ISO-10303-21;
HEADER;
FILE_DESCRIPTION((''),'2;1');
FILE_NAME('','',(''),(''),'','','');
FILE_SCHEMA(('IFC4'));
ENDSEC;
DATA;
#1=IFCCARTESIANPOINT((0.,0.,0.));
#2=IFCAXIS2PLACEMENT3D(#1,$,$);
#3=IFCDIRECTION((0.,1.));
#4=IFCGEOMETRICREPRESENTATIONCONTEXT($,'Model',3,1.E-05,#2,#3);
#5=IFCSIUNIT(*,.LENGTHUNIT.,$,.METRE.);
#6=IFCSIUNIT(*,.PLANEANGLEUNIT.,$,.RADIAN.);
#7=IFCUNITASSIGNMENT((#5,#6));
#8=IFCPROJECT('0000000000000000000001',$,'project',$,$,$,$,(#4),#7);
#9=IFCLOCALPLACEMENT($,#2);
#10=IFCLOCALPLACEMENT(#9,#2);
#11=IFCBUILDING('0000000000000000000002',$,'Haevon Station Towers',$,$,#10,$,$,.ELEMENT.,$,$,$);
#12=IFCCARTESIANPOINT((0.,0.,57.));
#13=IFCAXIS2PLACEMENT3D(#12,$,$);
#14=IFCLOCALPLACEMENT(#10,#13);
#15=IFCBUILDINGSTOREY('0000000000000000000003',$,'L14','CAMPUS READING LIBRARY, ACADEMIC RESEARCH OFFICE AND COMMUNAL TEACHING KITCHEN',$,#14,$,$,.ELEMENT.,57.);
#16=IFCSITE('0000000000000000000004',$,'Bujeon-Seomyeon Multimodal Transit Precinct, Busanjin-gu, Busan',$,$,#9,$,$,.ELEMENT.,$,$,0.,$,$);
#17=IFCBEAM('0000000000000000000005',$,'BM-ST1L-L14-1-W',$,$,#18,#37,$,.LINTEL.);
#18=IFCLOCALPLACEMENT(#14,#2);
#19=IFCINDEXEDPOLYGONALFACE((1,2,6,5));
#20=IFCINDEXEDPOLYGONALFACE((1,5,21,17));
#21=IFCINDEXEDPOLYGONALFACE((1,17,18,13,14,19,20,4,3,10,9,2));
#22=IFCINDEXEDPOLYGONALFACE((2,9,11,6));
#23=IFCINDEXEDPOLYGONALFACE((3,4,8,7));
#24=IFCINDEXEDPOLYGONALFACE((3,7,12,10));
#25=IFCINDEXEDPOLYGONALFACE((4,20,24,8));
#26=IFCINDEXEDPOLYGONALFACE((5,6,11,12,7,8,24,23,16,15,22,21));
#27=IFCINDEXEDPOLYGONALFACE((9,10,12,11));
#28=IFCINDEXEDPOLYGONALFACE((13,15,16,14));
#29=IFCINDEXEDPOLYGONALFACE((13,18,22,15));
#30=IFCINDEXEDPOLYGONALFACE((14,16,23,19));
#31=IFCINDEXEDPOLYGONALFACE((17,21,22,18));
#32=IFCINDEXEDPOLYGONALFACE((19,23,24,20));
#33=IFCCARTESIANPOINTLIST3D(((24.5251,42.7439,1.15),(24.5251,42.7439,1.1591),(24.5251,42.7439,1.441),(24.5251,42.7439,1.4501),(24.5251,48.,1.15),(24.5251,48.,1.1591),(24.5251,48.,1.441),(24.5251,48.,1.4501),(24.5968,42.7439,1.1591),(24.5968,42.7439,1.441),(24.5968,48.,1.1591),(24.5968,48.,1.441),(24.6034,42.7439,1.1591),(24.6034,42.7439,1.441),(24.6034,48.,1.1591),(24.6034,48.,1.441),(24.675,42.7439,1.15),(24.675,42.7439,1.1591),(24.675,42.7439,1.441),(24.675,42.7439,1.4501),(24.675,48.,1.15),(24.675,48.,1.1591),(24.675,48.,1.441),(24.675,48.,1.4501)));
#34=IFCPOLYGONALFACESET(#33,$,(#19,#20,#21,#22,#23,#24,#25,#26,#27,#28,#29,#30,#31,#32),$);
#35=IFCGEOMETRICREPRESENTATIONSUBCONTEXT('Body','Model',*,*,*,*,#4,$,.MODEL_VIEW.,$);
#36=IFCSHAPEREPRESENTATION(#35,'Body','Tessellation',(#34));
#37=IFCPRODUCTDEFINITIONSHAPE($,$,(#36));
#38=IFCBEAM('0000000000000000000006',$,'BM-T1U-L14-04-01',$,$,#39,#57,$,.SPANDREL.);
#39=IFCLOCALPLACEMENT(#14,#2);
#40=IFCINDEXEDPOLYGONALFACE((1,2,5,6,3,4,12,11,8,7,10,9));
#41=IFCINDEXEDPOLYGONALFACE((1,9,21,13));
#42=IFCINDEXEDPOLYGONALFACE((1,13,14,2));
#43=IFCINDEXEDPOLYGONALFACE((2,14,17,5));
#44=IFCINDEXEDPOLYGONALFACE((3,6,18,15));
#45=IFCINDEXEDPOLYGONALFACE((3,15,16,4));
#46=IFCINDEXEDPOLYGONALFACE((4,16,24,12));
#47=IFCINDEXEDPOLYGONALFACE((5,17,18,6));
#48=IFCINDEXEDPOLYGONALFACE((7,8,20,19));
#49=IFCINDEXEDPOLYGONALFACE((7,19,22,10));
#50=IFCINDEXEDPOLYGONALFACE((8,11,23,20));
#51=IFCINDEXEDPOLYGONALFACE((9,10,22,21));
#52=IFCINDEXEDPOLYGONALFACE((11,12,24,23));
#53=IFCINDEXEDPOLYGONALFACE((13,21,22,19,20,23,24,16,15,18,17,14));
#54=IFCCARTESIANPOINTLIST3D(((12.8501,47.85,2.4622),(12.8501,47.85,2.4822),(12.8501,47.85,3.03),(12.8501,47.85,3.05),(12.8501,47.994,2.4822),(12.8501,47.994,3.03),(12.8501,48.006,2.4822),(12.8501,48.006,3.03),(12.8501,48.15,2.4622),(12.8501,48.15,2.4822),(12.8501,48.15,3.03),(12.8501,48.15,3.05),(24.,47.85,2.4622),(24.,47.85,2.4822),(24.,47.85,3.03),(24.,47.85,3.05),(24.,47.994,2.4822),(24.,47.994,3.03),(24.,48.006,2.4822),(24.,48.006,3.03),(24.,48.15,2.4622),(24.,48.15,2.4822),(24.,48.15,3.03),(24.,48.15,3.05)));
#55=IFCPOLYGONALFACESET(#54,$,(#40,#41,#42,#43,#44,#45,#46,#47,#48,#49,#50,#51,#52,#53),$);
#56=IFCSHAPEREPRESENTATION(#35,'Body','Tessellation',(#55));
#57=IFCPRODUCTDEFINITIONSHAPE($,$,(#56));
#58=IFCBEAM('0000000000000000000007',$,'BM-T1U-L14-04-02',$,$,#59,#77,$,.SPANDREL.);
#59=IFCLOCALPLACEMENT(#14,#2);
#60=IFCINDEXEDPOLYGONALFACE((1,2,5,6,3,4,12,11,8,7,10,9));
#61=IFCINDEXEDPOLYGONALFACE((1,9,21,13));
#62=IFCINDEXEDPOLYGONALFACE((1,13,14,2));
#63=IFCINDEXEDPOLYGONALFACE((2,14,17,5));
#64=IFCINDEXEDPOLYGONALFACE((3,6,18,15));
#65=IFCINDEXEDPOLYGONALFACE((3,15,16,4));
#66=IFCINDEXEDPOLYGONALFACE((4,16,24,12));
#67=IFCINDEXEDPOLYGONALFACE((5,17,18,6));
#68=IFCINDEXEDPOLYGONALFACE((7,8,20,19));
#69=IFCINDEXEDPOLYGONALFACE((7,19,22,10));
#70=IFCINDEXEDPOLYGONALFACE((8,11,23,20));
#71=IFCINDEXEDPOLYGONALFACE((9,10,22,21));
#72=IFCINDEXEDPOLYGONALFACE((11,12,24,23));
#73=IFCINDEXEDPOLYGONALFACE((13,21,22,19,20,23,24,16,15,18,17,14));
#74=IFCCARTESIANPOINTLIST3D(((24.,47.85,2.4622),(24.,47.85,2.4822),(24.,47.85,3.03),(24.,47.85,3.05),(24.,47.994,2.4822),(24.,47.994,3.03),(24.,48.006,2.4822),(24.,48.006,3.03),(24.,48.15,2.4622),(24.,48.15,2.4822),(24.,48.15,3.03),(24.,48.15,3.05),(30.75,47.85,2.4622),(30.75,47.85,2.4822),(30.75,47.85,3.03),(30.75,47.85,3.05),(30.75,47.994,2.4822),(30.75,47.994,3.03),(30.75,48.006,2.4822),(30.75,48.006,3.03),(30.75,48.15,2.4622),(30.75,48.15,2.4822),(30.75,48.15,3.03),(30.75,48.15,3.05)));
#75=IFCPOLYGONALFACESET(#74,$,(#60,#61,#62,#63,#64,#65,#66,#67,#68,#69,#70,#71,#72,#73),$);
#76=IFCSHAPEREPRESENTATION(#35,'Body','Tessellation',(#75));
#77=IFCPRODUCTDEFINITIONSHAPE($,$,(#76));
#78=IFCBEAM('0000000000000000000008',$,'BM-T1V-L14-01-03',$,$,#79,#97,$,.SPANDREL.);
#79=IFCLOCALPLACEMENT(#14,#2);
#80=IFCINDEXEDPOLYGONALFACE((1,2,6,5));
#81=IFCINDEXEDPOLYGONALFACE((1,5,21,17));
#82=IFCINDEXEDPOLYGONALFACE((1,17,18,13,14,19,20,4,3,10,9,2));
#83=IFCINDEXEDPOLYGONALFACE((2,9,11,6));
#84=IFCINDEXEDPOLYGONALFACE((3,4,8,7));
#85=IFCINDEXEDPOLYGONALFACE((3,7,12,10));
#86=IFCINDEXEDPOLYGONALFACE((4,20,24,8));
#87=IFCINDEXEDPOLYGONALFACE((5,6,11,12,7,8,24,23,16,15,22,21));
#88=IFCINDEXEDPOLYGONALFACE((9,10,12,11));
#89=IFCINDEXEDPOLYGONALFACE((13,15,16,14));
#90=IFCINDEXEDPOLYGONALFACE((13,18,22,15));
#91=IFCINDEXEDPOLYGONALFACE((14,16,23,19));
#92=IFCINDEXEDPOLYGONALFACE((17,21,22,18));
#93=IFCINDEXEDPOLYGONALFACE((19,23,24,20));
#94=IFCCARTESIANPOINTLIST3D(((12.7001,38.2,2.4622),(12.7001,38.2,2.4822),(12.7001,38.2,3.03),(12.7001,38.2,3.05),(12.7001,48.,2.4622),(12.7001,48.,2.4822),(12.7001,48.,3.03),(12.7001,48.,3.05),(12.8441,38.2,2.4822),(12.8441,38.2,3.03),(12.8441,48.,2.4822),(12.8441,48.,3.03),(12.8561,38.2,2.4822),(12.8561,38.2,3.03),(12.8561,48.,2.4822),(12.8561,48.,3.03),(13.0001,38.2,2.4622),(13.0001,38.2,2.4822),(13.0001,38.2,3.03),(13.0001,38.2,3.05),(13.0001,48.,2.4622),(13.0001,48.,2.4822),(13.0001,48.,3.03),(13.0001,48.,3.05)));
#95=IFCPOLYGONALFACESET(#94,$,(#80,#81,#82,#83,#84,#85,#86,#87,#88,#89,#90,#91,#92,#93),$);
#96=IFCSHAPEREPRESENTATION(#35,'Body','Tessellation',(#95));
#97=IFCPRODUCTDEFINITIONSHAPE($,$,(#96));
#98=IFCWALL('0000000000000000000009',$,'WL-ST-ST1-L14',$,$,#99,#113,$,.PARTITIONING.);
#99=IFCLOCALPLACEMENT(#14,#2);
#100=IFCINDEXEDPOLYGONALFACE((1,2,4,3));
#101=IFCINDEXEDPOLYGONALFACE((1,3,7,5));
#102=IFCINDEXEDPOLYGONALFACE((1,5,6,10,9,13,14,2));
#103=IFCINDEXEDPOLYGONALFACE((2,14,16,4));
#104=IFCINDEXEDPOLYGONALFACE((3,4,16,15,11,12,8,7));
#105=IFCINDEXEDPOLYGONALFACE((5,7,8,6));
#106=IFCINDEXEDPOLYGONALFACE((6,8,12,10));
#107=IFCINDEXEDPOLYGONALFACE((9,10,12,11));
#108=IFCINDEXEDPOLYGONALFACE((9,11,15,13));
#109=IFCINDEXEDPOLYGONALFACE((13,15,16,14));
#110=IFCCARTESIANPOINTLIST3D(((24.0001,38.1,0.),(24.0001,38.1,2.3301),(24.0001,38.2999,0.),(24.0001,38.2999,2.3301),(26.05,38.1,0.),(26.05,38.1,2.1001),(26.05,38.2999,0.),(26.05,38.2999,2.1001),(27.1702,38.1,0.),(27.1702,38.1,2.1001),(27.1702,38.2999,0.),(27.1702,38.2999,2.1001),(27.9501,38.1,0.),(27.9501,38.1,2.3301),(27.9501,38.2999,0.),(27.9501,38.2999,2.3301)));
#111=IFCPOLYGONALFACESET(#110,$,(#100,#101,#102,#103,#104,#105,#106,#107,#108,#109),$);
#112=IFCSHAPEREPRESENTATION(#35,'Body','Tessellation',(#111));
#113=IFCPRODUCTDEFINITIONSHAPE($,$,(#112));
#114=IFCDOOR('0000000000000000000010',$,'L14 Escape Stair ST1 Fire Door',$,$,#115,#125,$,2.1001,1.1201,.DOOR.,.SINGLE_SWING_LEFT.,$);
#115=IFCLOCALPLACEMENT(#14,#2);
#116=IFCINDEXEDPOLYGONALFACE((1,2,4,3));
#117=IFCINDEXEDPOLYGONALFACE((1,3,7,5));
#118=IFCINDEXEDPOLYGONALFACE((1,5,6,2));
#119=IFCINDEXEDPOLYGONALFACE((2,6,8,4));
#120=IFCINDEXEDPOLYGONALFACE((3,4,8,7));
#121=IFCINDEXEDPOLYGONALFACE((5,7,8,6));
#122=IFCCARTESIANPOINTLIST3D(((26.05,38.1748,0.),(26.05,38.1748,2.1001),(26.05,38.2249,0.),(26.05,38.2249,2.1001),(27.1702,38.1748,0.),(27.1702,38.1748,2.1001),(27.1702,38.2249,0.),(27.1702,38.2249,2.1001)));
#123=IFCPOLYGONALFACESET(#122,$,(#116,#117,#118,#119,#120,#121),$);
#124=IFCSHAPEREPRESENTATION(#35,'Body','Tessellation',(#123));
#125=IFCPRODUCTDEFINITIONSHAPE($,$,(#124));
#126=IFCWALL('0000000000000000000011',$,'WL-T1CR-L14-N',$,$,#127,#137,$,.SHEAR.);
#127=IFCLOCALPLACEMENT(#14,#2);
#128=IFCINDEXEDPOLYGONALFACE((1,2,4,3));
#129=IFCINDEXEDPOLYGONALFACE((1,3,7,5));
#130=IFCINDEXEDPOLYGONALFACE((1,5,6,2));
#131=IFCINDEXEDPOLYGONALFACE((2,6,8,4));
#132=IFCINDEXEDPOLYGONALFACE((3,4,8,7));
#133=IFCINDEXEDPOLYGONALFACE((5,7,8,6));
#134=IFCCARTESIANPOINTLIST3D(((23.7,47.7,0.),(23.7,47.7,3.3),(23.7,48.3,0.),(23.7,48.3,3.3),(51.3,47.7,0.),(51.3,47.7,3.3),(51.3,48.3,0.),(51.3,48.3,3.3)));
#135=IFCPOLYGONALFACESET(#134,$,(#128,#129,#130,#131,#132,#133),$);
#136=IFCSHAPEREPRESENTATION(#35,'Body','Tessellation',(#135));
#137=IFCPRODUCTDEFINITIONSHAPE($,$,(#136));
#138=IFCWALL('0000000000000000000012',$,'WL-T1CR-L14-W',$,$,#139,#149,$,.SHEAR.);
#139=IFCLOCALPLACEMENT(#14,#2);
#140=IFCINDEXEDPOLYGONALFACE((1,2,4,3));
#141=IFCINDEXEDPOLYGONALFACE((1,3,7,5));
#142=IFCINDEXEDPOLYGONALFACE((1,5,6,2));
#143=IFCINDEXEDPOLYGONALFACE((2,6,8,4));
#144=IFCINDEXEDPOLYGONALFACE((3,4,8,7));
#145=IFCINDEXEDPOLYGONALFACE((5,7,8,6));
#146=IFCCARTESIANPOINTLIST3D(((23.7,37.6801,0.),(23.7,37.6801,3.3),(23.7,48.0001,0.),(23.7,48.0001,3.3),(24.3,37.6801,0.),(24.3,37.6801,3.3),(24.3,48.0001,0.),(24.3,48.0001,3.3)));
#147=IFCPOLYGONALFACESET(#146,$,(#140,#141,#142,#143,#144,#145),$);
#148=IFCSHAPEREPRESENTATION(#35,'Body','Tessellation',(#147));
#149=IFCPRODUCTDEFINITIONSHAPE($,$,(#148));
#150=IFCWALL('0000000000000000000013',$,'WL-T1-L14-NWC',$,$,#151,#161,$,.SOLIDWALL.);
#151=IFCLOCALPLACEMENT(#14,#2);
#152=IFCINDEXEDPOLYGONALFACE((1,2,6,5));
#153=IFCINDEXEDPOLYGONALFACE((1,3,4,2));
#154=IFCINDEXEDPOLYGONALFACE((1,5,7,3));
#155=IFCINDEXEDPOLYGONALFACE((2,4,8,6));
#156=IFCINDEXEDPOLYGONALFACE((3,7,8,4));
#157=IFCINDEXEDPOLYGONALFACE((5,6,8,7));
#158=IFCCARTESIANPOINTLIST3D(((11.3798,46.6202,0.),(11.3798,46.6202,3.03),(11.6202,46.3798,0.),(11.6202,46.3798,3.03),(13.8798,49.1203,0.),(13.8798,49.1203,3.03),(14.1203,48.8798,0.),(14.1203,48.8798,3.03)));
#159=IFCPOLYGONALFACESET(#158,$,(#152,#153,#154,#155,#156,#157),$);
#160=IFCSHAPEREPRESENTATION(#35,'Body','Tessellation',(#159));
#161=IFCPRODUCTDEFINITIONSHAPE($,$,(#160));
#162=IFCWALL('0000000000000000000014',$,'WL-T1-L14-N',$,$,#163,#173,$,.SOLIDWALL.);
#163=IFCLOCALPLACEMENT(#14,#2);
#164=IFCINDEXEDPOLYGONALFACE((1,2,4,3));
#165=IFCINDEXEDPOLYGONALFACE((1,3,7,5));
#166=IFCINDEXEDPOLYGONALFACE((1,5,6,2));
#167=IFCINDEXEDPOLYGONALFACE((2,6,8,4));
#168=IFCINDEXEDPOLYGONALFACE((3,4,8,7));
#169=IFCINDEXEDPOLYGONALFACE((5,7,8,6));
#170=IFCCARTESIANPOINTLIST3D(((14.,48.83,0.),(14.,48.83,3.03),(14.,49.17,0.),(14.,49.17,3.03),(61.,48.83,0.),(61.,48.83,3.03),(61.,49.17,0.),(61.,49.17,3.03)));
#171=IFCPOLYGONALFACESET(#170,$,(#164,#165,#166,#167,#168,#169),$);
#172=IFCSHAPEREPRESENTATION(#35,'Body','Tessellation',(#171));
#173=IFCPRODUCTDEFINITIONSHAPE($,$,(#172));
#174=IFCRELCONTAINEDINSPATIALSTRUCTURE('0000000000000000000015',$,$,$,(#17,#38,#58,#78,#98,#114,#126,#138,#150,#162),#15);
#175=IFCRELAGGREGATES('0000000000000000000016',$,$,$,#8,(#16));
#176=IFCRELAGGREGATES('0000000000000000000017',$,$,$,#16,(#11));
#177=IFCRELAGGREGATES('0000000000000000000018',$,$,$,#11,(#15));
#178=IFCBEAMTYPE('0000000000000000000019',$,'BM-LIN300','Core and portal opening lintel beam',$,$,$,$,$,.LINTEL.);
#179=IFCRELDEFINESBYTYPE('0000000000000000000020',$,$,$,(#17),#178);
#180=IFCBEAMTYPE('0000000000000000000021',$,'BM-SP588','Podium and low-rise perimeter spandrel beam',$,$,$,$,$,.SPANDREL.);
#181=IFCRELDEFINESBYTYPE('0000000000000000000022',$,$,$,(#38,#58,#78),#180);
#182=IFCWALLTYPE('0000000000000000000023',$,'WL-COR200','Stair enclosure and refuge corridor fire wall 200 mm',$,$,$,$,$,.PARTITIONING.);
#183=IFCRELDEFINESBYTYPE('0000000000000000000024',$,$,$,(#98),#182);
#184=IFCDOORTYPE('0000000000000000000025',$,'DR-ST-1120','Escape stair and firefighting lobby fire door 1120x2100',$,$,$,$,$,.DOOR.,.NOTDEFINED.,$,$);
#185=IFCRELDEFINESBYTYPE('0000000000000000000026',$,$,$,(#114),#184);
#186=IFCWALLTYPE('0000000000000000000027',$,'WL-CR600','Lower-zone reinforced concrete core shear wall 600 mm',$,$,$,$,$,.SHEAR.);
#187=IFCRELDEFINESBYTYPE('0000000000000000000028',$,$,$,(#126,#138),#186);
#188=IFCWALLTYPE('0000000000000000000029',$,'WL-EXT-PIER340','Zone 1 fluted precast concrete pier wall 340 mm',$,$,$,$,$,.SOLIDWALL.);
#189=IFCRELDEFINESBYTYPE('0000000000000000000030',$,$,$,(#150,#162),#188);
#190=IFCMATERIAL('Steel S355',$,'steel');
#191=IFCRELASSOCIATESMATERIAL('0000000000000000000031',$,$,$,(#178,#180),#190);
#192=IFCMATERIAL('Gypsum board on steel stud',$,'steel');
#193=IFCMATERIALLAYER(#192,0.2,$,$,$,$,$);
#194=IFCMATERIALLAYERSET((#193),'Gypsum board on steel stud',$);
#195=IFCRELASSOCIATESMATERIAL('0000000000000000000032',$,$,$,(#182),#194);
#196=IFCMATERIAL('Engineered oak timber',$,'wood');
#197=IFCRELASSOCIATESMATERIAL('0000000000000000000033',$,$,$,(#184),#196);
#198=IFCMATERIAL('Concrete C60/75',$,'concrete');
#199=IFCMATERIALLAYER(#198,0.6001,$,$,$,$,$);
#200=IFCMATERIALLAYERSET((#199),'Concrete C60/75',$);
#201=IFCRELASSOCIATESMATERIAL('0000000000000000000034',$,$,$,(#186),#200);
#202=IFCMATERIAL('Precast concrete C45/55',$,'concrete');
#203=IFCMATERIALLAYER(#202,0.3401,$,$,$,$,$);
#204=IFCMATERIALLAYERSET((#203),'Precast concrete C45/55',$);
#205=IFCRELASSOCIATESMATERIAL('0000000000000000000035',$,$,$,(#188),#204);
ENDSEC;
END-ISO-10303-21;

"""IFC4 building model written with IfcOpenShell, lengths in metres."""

from ifc_helpers import new_model, si_unit, direction, frame, frame_2d, origin, origin_2d, place, context, subcontext, project, spatial, rectangle, i_section, extrude, material, layer, layer_set, material_profile, profile_set, type_object, element, fill, save


model = new_model("IFC4")

# Units and contexts
model_context = context("Model", 3, precision=1e-05, world=origin(), true_north=direction((0.0, 1.0)))
body_context = subcontext(model_context, "Body", "Model", "MODEL_VIEW")
ifc_project = project(units=[si_unit("LENGTHUNIT", "METRE"), si_unit("PLANEANGLEUNIT", "RADIAN")], contexts=[model_context])

# Site, building, storey
site_placement = place(None, origin())
site = spatial("IfcSite", under=ifc_project, at=site_placement, Name="Bujeon-Seomyeon Multimodal Transit Precinct, Busanjin-gu, Busan", CompositionType="ELEMENT", RefElevation=0.0)
building_placement = place(site_placement, origin())
building = spatial("IfcBuilding", under=site, at=building_placement, Name="Haevon Station Towers", CompositionType="ELEMENT")
storey_placement = place(building_placement, frame((0.0, 0.0, 57.0)))
storey = spatial("IfcBuildingStorey", under=building, at=storey_placement, Name="L14", Description="CAMPUS READING LIBRARY, ACADEMIC RESEARCH OFFICE AND COMMUNAL TEACHING KITCHEN", CompositionType="ELEMENT", Elevation=57.0)

# Beams
ifc_material_1 = material(Name="Steel S355", Category="steel")
ifc_material_profile_1 = material_profile(ifc_material_1, i_section(OverallWidth=0.1499, OverallDepth=0.3, WebThickness=0.0066, FlangeThickness=0.009, at=origin_2d()), Name="H-300x150x6.5x9")
ifc_profile_set_1 = profile_set([ifc_material_profile_1], Name="Steel S355")
beam_type_1 = type_object("IfcBeamType", Name="BM-LIN300", Description="Core and portal opening lintel beam", PredefinedType="LINTEL", material=ifc_profile_set_1)
beam_1_placement = place(storey_placement, frame((24.6001, 42.7439, 1.3), z_axis=(0.0, 1.0, 0.0), x_axis=(-1.0, 0.0, 0.0)))
element("IfcBeam", 1, at=beam_1_placement, inside=storey, type_object=beam_type_1, Name="BM-ST1L-L14-1-W", PredefinedType="LINTEL", context=body_context, shape_type="SweptSolid", body=[
    extrude(i_section(OverallWidth=0.1499, OverallDepth=0.3, WebThickness=0.0066, FlangeThickness=0.009, at=origin_2d()), origin(), (0.0, 0.0, 1.0), 5.2561),
])
ifc_material_profile_2 = material_profile(ifc_material_1, i_section(OverallWidth=0.3, OverallDepth=0.5879, WebThickness=0.012, FlangeThickness=0.02, at=origin_2d()), Name="H-588x300x12x20")
ifc_profile_set_2 = profile_set([ifc_material_profile_2], Name="Steel S355")
beam_type_2 = type_object("IfcBeamType", Name="BM-SP588", Description="Podium and low-rise perimeter spandrel beam", PredefinedType="SPANDREL", material=ifc_profile_set_2)
beam_2_placement = place(storey_placement, frame((12.8501, 48.0, 2.7561), z_axis=(1.0, 0.0, 0.0), x_axis=(0.0, 1.0, 0.0)))
element("IfcBeam", 2, at=beam_2_placement, inside=storey, type_object=beam_type_2, Name="BM-T1U-L14-04-01", PredefinedType="SPANDREL", context=body_context, shape_type="SweptSolid", body=[
    extrude(i_section(OverallWidth=0.3, OverallDepth=0.5879, WebThickness=0.012, FlangeThickness=0.02, at=origin_2d()), origin(), (0.0, 0.0, 1.0), 11.1499),
])
beam_3_placement = place(storey_placement, frame((24.0, 48.0, 2.7561), z_axis=(1.0, 0.0, 0.0), x_axis=(0.0, 1.0, 0.0)))
element("IfcBeam", 3, at=beam_3_placement, inside=storey, type_object=beam_type_2, Name="BM-T1U-L14-04-02", PredefinedType="SPANDREL", context=body_context, shape_type="SweptSolid", body=[
    extrude(i_section(OverallWidth=0.3, OverallDepth=0.5879, WebThickness=0.012, FlangeThickness=0.02, at=origin_2d()), origin(), (0.0, 0.0, 1.0), 6.75),
])
beam_4_placement = place(storey_placement, frame((12.8501, 38.2, 2.7561), z_axis=(0.0, 1.0, 0.0), x_axis=(-1.0, 0.0, 0.0)))
element("IfcBeam", 4, at=beam_4_placement, inside=storey, type_object=beam_type_2, Name="BM-T1V-L14-01-03", PredefinedType="SPANDREL", context=body_context, shape_type="SweptSolid", body=[
    extrude(i_section(OverallWidth=0.3, OverallDepth=0.5879, WebThickness=0.012, FlangeThickness=0.02, at=origin_2d()), origin(), (0.0, 0.0, 1.0), 9.8),
])

# Wall, opening, door
ifc_material_2 = material(Name="Gypsum board on steel stud", Category="steel")
ifc_layer_1 = layer(ifc_material_2, 0.2)
ifc_layer_set_1 = layer_set([ifc_layer_1], Name="Gypsum board on steel stud")
wall_type_1 = type_object("IfcWallType", Name="WL-COR200", Description="Stair enclosure and refuge corridor fire wall 200 mm", PredefinedType="PARTITIONING", material=ifc_layer_set_1)
wall_1_placement = place(storey_placement, frame((24.0, 38.2, 0.0), z_axis=(0.0, 0.0, 1.0), x_axis=(1.0, 0.0, 0.0)))
wall_1 = element("IfcWall", 5, at=wall_1_placement, inside=storey, type_object=wall_type_1, Name="WL-ST-ST1-L14", PredefinedType="PARTITIONING", context=body_context, shape_type="SweptSolid", body=[
    extrude(rectangle(XDim=3.95, YDim=0.2, at=frame_2d((1.9751, 0.0))), origin(), (0.0, 0.0, 1.0), 2.3301),
])
opening_1_placement = place(wall_1_placement, frame((2.05, 0.0, 0.0)))
opening_1 = element("IfcOpeningElement", 6, at=opening_1_placement, cuts=wall_1, PredefinedType="OPENING", context=body_context, shape_type="SweptSolid", body=[
    extrude(rectangle(XDim=1.1201, YDim=2.1001, at=frame_2d((0.5601, 1.05))), frame((0.0, 0.1099, 0.0), z_axis=(0.0, -1.0, 0.0), x_axis=(1.0, 0.0, 0.0)), (0.0, 0.0, 1.0), 0.22),
])
ifc_material_3 = material(Name="Engineered oak timber", Category="wood")
door_type_1 = type_object("IfcDoorType", Name="DR-ST-1120", Description="Escape stair and firefighting lobby fire door 1120x2100", OperationType="NOTDEFINED", PredefinedType="DOOR", material=ifc_material_3)
door_1_placement = place(opening_1_placement, origin())
door_1 = element("IfcDoor", 7, at=door_1_placement, inside=storey, type_object=door_type_1, Name="L14 Escape Stair ST1 Fire Door", OperationType="SINGLE_SWING_LEFT", OverallHeight=2.1001, OverallWidth=1.1201, PredefinedType="DOOR", context=body_context, shape_type="SweptSolid", body=[
    extrude(rectangle(XDim=1.1201, YDim=2.1001, at=frame_2d((0.5601, 1.05))), frame((0.0, 0.0249, 0.0), z_axis=(0.0, -1.0, 0.0), x_axis=(1.0, 0.0, 0.0)), (0.0, 0.0, 1.0), 0.05),
])
fill(opening_1, door_1)

# Walls
ifc_material_4 = material(Name="Concrete C60/75", Category="concrete")
ifc_layer_2 = layer(ifc_material_4, 0.6001)
ifc_layer_set_2 = layer_set([ifc_layer_2], Name="Concrete C60/75")
wall_type_2 = type_object("IfcWallType", Name="WL-CR600", Description="Lower-zone reinforced concrete core shear wall 600 mm", PredefinedType="SHEAR", material=ifc_layer_set_2)
wall_2_placement = place(storey_placement, frame((23.7, 48.0, 0.0), z_axis=(0.0, 0.0, 1.0), x_axis=(1.0, 0.0, 0.0)))
element("IfcWall", 8, at=wall_2_placement, inside=storey, type_object=wall_type_2, Name="WL-T1CR-L14-N", PredefinedType="SHEAR", context=body_context, shape_type="SweptSolid", body=[
    extrude(rectangle(XDim=27.6001, YDim=0.6001, at=frame_2d((13.8, 0.0))), origin(), (0.0, 0.0, 1.0), 3.3),
])
wall_3_placement = place(storey_placement, frame((24.0, 37.6799, 0.0), z_axis=(0.0, 0.0, 1.0), x_axis=(0.0, 1.0, 0.0)))
element("IfcWall", 9, at=wall_3_placement, inside=storey, type_object=wall_type_2, Name="WL-T1CR-L14-W", PredefinedType="SHEAR", context=body_context, shape_type="SweptSolid", body=[
    extrude(rectangle(XDim=10.3201, YDim=0.6001, at=frame_2d((5.1602, 0.0))), origin(), (0.0, 0.0, 1.0), 3.3),
])
ifc_material_5 = material(Name="Precast concrete C45/55", Category="concrete")
ifc_layer_3 = layer(ifc_material_5, 0.3401)
ifc_layer_set_3 = layer_set([ifc_layer_3], Name="Precast concrete C45/55")
wall_type_3 = type_object("IfcWallType", Name="WL-EXT-PIER340", Description="Zone 1 fluted precast concrete pier wall 340 mm", PredefinedType="SOLIDWALL", material=ifc_layer_set_3)
wall_4_placement = place(storey_placement, frame((11.5, 46.5, 0.0), z_axis=(0.0, 0.0, 1.0), x_axis=(0.707107, 0.707107, 0.0)))
element("IfcWall", 10, at=wall_4_placement, inside=storey, type_object=wall_type_3, Name="WL-T1-L14-NWC", PredefinedType="SOLIDWALL", context=body_context, shape_type="SweptSolid", body=[
    extrude(rectangle(XDim=3.5356, YDim=0.3401, at=frame_2d((1.7678, 0.0))), origin(), (0.0, 0.0, 1.0), 3.03),
])
wall_5_placement = place(storey_placement, frame((14.0, 49.0, 0.0), z_axis=(0.0, 0.0, 1.0), x_axis=(1.0, 0.0, 0.0)))
element("IfcWall", 11, at=wall_5_placement, inside=storey, type_object=wall_type_3, Name="WL-T1-L14-N", PredefinedType="SOLIDWALL", context=body_context, shape_type="SweptSolid", body=[
    extrude(rectangle(XDim=47.0, YDim=0.3401, at=frame_2d((23.5, 0.0))), origin(), (0.0, 0.0, 1.0), 3.03),
])

save(model, "model.ifc")
